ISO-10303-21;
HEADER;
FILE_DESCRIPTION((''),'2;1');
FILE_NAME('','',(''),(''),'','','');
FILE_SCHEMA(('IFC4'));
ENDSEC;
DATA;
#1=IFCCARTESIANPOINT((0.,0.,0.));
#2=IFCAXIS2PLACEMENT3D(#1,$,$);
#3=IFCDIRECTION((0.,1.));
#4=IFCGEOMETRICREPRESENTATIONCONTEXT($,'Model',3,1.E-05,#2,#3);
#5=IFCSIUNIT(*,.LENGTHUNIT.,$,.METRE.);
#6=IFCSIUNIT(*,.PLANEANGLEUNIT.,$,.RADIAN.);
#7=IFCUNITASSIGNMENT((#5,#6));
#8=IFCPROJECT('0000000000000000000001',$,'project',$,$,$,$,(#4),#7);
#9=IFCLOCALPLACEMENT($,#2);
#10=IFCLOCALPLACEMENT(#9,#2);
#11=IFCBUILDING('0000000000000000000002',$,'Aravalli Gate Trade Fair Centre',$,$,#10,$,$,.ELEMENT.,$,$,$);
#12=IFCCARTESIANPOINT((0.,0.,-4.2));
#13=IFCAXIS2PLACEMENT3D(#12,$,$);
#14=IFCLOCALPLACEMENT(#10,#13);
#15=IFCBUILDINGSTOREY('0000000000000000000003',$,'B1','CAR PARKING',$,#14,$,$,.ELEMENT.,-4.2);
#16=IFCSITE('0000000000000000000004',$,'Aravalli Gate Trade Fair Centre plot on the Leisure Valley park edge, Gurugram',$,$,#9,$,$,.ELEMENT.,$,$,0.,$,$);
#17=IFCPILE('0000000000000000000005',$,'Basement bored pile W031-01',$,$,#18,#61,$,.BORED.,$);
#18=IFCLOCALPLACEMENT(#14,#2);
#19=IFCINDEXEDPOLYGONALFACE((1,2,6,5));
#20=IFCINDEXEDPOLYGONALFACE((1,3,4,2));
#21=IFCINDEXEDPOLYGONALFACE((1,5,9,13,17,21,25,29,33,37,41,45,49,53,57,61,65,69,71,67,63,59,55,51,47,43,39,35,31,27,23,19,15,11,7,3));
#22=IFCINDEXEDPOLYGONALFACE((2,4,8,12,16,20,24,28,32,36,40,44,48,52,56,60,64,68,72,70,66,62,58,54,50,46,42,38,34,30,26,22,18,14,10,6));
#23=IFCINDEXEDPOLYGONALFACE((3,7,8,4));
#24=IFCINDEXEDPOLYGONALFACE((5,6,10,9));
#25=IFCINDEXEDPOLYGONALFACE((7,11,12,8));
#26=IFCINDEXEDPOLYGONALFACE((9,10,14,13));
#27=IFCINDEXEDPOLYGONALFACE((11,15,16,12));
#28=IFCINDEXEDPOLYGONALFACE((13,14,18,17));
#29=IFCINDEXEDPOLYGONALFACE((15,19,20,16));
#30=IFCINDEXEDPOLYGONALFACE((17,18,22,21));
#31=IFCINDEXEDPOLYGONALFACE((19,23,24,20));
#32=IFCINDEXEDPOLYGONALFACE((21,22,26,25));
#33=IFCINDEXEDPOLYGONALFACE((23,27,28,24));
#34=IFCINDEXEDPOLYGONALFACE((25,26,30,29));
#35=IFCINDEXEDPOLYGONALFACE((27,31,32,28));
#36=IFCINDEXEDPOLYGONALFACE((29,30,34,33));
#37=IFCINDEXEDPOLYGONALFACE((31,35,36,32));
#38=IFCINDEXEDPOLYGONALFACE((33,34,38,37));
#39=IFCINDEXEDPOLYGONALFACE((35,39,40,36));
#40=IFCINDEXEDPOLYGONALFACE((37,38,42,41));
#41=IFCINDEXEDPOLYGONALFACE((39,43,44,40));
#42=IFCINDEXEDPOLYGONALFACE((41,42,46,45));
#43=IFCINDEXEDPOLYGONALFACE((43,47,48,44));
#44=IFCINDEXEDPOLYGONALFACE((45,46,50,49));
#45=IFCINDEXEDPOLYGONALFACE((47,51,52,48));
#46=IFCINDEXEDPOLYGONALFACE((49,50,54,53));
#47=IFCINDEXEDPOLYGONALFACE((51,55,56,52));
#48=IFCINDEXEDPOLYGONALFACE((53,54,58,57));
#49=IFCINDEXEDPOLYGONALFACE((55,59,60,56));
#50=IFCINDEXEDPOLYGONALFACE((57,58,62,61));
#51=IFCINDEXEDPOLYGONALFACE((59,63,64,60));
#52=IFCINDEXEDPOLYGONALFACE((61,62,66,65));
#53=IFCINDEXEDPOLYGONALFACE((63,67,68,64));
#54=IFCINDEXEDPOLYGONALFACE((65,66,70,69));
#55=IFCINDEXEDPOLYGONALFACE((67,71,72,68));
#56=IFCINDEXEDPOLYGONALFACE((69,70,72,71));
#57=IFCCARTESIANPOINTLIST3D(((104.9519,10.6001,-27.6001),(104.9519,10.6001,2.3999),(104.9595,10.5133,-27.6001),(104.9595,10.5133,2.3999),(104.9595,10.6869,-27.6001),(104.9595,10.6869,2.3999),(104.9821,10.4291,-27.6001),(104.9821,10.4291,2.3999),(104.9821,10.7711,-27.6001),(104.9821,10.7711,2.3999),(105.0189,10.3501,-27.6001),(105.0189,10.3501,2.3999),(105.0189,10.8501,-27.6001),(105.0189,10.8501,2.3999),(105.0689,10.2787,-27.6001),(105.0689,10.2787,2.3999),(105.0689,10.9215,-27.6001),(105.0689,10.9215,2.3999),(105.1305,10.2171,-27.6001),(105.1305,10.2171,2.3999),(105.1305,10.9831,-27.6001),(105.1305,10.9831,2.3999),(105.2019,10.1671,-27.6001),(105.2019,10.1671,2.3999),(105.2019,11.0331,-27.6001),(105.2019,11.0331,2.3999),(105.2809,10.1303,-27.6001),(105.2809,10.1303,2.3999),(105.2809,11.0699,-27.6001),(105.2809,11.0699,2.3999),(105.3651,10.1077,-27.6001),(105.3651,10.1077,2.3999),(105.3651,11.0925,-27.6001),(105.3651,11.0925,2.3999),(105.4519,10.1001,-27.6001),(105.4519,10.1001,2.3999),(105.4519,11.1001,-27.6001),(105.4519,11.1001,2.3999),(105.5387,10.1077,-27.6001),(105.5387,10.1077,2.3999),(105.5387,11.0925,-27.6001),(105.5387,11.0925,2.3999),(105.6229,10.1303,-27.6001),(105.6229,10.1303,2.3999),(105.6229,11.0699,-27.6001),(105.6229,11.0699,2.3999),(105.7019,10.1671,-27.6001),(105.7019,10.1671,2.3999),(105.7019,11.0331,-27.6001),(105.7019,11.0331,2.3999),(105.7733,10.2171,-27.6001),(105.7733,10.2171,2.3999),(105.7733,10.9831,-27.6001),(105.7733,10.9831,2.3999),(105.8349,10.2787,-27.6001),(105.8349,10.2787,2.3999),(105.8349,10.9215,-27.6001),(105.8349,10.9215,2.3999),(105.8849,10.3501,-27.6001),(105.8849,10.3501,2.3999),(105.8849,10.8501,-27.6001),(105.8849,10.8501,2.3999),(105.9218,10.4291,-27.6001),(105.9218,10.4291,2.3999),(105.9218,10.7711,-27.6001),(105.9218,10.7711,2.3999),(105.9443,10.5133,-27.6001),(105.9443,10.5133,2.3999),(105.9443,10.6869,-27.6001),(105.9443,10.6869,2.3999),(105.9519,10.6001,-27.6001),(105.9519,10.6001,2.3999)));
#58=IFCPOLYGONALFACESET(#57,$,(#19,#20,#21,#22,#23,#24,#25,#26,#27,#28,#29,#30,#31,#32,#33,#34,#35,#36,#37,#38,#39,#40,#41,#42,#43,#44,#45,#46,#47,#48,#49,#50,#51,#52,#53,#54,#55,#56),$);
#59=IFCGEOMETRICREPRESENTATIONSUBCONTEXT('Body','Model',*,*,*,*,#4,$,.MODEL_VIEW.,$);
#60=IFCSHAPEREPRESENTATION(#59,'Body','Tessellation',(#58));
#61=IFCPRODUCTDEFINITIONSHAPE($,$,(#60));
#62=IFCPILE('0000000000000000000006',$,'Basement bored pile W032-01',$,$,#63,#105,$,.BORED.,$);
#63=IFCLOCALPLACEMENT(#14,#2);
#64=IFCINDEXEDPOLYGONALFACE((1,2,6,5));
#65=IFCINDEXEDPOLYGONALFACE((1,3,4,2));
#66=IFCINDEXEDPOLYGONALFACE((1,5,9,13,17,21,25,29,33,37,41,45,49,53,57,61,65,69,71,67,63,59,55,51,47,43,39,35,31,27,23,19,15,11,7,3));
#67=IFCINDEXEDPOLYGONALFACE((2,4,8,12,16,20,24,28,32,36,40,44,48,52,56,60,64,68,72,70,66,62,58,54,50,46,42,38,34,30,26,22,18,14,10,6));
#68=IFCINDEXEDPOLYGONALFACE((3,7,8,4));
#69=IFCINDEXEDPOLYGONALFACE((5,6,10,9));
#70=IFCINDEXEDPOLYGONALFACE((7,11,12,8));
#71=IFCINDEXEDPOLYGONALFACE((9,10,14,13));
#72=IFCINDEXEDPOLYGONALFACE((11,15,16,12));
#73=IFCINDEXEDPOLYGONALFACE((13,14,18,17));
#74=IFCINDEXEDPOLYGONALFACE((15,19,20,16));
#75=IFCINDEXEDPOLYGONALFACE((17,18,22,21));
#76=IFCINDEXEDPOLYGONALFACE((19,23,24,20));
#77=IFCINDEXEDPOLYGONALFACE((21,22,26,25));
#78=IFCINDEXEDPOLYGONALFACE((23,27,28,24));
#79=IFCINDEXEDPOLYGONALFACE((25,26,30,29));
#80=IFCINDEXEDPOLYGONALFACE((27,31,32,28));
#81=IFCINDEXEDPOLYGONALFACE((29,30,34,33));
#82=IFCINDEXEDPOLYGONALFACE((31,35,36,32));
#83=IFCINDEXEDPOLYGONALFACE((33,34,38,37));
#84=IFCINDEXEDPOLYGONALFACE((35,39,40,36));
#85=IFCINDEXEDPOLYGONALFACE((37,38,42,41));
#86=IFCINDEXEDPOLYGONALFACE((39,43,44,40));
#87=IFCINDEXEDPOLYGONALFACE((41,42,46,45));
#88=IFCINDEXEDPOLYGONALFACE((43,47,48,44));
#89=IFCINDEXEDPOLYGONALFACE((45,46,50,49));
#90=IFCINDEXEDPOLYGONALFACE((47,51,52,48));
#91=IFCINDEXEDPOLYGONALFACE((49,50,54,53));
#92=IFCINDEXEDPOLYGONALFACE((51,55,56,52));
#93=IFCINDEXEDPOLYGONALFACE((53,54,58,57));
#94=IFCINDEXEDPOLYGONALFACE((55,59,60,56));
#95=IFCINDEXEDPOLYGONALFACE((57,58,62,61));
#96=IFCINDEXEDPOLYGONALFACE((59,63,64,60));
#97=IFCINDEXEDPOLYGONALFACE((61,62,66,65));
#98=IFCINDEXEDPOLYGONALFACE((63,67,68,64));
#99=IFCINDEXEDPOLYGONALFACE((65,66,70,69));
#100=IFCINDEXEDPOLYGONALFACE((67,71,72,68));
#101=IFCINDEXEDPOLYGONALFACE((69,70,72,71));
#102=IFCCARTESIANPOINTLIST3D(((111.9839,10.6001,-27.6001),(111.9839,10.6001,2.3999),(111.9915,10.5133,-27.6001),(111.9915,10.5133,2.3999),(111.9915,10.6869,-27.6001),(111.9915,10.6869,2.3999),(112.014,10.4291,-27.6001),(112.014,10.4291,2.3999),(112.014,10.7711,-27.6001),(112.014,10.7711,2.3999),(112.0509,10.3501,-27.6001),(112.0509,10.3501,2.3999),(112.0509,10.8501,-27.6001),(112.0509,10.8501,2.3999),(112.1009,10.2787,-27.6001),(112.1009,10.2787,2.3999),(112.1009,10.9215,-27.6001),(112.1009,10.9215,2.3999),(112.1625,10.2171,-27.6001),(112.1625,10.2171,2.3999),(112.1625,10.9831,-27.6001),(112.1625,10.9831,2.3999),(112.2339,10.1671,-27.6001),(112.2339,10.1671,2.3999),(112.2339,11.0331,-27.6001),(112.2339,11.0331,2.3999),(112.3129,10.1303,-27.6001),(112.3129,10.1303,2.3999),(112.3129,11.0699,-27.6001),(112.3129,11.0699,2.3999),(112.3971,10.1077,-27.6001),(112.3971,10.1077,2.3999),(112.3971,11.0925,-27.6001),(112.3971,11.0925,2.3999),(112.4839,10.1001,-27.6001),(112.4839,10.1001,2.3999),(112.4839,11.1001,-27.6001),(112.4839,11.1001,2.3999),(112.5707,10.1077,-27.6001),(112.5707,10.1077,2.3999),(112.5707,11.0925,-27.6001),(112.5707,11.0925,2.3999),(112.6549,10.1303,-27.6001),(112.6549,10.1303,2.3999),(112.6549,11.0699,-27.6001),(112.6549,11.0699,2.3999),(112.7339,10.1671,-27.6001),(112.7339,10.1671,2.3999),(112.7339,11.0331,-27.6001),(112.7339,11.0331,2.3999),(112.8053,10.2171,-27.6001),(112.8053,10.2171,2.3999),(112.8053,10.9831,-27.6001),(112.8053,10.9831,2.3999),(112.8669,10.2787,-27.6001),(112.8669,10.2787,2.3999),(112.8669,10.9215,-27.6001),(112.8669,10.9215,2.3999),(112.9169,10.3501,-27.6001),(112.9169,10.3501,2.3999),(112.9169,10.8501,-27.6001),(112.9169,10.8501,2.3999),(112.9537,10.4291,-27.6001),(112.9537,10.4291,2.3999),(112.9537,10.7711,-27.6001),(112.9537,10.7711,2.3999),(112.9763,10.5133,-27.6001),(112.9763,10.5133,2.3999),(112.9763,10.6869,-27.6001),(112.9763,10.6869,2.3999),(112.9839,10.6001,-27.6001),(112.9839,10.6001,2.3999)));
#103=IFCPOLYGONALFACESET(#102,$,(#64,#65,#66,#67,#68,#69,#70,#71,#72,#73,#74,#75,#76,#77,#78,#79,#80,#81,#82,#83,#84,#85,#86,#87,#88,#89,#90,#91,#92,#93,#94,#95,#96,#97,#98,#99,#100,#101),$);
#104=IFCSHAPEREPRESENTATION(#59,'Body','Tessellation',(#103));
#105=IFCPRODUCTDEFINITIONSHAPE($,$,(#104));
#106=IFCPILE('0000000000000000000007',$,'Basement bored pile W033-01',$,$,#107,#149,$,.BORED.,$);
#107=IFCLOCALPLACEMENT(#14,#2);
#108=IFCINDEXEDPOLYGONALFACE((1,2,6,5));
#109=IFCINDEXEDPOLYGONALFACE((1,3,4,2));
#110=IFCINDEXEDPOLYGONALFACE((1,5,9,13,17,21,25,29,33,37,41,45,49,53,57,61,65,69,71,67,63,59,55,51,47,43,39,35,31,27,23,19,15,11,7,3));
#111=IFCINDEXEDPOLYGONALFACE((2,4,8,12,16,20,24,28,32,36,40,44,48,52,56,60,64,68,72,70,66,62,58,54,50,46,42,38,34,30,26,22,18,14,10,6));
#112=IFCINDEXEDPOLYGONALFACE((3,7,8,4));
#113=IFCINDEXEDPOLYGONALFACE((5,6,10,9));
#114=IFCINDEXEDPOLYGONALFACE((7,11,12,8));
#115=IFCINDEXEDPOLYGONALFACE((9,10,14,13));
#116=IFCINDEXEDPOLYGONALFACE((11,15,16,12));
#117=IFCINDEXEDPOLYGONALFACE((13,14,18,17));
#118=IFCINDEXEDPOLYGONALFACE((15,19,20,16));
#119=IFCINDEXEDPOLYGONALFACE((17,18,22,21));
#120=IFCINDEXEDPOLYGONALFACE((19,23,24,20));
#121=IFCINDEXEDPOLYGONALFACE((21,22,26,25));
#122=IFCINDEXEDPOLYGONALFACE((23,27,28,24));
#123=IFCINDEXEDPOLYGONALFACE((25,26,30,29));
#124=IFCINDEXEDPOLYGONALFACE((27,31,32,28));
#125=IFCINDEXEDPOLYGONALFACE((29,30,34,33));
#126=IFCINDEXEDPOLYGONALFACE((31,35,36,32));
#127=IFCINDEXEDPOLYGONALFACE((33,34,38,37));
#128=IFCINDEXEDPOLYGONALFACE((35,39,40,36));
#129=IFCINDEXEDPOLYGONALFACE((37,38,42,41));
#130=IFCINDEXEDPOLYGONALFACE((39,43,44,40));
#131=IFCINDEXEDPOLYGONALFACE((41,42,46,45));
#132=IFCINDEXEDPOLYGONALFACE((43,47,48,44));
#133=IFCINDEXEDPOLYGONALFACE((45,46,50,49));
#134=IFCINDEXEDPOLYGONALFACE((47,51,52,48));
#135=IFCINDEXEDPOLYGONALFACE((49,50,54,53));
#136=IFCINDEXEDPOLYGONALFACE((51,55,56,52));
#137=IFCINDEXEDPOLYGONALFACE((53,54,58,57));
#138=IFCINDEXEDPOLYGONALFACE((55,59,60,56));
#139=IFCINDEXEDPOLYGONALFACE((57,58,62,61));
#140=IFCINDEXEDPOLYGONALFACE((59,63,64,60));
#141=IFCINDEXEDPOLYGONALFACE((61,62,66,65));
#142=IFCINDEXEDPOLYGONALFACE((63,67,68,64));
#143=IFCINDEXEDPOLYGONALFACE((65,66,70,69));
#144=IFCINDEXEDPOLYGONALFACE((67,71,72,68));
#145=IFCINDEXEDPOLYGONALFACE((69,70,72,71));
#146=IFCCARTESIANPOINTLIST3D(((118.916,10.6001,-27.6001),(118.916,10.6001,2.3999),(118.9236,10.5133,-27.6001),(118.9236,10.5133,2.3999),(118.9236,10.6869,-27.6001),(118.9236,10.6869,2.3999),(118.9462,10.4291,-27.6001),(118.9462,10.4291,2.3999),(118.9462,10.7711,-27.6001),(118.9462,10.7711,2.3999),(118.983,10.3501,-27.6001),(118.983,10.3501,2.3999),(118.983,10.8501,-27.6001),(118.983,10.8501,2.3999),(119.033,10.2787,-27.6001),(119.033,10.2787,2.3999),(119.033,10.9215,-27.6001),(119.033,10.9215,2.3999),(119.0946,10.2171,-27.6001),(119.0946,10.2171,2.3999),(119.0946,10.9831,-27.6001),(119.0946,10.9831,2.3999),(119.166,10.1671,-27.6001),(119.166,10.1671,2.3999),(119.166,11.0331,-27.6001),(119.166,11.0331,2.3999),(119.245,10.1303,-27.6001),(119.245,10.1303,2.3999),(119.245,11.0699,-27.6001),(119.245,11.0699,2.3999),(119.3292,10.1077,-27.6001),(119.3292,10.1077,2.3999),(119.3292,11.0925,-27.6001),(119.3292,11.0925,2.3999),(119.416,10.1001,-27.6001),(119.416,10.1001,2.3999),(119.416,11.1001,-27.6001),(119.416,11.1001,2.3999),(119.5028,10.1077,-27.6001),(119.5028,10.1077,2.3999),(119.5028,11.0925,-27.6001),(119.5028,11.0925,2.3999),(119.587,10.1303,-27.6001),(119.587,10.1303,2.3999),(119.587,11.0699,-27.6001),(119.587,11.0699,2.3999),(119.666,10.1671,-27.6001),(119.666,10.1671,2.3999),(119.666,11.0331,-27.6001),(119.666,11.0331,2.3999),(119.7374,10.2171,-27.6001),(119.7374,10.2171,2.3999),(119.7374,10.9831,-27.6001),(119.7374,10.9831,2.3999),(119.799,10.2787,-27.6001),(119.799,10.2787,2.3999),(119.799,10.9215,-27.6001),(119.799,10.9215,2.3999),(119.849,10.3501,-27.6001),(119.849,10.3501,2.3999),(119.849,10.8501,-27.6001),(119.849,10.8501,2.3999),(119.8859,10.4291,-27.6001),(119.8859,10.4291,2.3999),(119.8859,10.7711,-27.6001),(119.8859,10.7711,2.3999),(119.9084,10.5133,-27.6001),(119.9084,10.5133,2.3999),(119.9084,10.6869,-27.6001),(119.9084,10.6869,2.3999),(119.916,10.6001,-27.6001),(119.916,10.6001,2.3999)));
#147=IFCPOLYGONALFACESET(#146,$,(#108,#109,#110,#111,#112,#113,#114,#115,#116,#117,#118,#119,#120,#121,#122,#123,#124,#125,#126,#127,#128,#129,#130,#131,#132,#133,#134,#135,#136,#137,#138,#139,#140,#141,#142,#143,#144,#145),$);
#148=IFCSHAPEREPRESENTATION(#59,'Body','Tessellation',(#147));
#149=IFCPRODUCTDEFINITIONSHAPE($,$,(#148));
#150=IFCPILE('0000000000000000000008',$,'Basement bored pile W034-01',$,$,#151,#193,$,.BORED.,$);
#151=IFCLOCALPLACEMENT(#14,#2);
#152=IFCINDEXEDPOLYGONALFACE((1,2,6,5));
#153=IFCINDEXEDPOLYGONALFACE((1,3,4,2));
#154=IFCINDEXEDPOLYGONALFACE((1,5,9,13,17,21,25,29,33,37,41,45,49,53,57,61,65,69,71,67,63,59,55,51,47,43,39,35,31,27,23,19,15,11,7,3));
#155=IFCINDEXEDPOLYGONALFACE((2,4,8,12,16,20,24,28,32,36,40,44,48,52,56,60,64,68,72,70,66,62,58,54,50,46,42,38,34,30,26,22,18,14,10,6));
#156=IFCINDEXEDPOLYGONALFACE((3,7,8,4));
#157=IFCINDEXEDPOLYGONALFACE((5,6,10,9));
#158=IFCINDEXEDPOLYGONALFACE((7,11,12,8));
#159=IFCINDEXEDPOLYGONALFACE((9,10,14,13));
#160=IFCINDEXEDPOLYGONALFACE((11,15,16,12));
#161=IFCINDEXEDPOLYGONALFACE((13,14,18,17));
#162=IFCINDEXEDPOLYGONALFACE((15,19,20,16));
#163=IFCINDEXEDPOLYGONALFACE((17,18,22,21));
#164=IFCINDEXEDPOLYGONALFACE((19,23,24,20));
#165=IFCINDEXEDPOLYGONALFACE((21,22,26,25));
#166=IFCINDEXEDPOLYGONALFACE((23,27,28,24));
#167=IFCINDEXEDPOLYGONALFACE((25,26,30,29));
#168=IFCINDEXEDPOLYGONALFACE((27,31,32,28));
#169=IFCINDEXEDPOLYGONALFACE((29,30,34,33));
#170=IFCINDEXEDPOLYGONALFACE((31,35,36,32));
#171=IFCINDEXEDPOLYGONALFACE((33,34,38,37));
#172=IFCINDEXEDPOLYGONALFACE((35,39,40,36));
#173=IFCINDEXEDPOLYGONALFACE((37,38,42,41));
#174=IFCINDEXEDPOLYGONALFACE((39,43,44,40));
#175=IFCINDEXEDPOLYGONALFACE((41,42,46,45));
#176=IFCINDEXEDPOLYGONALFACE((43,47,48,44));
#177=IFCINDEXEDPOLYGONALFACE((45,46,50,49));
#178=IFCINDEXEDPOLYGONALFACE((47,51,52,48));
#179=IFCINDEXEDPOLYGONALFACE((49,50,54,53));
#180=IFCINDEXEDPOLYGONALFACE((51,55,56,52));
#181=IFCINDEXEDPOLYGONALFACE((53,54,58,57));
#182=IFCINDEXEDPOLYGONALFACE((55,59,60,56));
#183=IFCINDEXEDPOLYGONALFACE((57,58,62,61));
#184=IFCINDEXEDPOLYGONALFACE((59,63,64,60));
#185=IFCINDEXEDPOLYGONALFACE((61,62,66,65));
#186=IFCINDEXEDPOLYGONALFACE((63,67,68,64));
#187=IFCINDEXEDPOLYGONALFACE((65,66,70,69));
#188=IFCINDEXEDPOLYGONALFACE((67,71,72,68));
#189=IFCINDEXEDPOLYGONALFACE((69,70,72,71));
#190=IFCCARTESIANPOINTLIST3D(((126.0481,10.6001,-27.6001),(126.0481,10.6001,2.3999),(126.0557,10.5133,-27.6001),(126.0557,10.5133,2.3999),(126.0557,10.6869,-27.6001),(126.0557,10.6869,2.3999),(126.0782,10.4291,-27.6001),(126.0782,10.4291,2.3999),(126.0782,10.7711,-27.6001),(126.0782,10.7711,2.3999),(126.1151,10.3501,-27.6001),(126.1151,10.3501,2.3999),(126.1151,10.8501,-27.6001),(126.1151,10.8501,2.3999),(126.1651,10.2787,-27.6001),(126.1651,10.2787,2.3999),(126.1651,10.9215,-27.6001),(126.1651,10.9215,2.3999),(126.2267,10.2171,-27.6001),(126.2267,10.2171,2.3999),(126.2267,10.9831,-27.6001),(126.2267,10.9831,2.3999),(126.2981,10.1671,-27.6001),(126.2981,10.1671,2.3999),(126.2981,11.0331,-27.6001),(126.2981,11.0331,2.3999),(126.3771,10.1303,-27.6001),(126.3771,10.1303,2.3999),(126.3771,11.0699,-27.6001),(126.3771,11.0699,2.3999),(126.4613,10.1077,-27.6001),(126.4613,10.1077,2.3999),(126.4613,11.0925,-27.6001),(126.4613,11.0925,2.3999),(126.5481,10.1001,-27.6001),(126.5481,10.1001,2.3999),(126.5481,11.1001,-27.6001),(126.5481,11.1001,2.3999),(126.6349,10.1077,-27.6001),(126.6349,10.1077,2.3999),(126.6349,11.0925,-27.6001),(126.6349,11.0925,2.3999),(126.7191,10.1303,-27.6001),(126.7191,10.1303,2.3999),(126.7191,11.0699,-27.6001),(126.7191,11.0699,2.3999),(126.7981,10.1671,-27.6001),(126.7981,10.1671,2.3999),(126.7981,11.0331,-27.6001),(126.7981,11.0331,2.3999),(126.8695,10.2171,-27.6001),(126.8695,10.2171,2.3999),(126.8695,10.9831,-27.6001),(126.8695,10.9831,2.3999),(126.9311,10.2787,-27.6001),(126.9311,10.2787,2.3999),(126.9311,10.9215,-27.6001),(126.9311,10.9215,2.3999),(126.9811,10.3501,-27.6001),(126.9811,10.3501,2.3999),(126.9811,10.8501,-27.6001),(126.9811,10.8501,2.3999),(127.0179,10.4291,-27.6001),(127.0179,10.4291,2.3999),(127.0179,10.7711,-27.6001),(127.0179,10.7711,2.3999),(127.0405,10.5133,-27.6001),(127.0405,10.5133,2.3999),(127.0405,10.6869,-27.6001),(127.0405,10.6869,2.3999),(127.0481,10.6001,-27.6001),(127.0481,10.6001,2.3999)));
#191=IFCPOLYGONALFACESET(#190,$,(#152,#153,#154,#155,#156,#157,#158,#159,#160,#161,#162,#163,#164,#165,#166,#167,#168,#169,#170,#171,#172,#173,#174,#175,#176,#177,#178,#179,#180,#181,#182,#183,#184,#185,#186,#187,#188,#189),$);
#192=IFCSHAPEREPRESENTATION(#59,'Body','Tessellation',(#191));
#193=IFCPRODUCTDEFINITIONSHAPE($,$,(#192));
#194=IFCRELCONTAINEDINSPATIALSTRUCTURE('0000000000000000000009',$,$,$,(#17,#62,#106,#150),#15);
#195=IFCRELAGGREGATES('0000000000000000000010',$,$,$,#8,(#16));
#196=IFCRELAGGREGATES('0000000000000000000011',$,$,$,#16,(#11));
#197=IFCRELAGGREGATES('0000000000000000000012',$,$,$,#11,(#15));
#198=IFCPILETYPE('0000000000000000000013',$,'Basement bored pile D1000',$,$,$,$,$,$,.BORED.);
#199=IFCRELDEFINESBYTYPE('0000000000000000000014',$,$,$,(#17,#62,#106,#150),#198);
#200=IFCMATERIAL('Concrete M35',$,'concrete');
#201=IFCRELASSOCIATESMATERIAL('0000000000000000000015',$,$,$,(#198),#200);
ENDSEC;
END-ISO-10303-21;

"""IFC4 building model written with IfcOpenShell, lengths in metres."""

from ifc_helpers import new_model, si_unit, direction, frame, origin, origin_2d, place, context, subcontext, project, spatial, circle, extrude, material, material_profile, profile_set, type_object, element, save


model = new_model("IFC4")

# Units and contexts
model_context = context("Model", 3, precision=1e-05, world=origin(), true_north=direction((0.0, 1.0)))
body_context = subcontext(model_context, "Body", "Model", "MODEL_VIEW")
ifc_project = project(units=[si_unit("LENGTHUNIT", "METRE"), si_unit("PLANEANGLEUNIT", "RADIAN")], contexts=[model_context])

# Site, building, storey
site_placement = place(None, origin())
site = spatial("IfcSite", under=ifc_project, at=site_placement, Name="Aravalli Gate Trade Fair Centre plot on the Leisure Valley park edge, Gurugram", CompositionType="ELEMENT", RefElevation=0.0)
building_placement = place(site_placement, origin())
building = spatial("IfcBuilding", under=site, at=building_placement, Name="Aravalli Gate Trade Fair Centre", CompositionType="ELEMENT")
storey_placement = place(building_placement, frame((0.0, 0.0, -4.2)))
storey = spatial("IfcBuildingStorey", under=building, at=storey_placement, Name="B1", Description="CAR PARKING", CompositionType="ELEMENT", Elevation=-4.2)

# Piles
ifc_material = material(Name="Concrete M35", Category="concrete")
ifc_material_profile = material_profile(ifc_material, circle(Radius=0.5, at=origin_2d()), Name="D1000")
ifc_profile_set = profile_set([ifc_material_profile], Name="Concrete M35")
pile_type = type_object("IfcPileType", Name="Basement bored pile D1000", PredefinedType="BORED", material=ifc_profile_set)
for number, where, z_axis, x_axis, name in (
    (1, (105.4519, 10.6001, 2.3999), (0.0, 0.0, -1.0), (1.0, 0.0, 0.0), "Basement bored pile W031-01"),
    (2, (112.4839, 10.6001, 2.3999), (0.0, 0.0, -1.0), (1.0, 0.0, 0.0), "Basement bored pile W032-01"),
    (3, (119.416, 10.6001, 2.3999), (0.0, 0.0, -1.0), (1.0, 0.0, 0.0), "Basement bored pile W033-01"),
    (4, (126.5481, 10.6001, 2.3999), (0.0, 0.0, -1.0), (1.0, 0.0, 0.0), "Basement bored pile W034-01"),
):
    element("IfcPile", number, at=place(storey_placement, frame(where, z_axis=z_axis, x_axis=x_axis)), inside=storey, type_object=pile_type, Name=name, PredefinedType="BORED", context=body_context, shape_type="SweptSolid", body=[
        extrude(circle(Radius=0.5, at=origin_2d()), origin(), (0.0, 0.0, 1.0), 30.0),
    ])

save(model, "model.ifc")
